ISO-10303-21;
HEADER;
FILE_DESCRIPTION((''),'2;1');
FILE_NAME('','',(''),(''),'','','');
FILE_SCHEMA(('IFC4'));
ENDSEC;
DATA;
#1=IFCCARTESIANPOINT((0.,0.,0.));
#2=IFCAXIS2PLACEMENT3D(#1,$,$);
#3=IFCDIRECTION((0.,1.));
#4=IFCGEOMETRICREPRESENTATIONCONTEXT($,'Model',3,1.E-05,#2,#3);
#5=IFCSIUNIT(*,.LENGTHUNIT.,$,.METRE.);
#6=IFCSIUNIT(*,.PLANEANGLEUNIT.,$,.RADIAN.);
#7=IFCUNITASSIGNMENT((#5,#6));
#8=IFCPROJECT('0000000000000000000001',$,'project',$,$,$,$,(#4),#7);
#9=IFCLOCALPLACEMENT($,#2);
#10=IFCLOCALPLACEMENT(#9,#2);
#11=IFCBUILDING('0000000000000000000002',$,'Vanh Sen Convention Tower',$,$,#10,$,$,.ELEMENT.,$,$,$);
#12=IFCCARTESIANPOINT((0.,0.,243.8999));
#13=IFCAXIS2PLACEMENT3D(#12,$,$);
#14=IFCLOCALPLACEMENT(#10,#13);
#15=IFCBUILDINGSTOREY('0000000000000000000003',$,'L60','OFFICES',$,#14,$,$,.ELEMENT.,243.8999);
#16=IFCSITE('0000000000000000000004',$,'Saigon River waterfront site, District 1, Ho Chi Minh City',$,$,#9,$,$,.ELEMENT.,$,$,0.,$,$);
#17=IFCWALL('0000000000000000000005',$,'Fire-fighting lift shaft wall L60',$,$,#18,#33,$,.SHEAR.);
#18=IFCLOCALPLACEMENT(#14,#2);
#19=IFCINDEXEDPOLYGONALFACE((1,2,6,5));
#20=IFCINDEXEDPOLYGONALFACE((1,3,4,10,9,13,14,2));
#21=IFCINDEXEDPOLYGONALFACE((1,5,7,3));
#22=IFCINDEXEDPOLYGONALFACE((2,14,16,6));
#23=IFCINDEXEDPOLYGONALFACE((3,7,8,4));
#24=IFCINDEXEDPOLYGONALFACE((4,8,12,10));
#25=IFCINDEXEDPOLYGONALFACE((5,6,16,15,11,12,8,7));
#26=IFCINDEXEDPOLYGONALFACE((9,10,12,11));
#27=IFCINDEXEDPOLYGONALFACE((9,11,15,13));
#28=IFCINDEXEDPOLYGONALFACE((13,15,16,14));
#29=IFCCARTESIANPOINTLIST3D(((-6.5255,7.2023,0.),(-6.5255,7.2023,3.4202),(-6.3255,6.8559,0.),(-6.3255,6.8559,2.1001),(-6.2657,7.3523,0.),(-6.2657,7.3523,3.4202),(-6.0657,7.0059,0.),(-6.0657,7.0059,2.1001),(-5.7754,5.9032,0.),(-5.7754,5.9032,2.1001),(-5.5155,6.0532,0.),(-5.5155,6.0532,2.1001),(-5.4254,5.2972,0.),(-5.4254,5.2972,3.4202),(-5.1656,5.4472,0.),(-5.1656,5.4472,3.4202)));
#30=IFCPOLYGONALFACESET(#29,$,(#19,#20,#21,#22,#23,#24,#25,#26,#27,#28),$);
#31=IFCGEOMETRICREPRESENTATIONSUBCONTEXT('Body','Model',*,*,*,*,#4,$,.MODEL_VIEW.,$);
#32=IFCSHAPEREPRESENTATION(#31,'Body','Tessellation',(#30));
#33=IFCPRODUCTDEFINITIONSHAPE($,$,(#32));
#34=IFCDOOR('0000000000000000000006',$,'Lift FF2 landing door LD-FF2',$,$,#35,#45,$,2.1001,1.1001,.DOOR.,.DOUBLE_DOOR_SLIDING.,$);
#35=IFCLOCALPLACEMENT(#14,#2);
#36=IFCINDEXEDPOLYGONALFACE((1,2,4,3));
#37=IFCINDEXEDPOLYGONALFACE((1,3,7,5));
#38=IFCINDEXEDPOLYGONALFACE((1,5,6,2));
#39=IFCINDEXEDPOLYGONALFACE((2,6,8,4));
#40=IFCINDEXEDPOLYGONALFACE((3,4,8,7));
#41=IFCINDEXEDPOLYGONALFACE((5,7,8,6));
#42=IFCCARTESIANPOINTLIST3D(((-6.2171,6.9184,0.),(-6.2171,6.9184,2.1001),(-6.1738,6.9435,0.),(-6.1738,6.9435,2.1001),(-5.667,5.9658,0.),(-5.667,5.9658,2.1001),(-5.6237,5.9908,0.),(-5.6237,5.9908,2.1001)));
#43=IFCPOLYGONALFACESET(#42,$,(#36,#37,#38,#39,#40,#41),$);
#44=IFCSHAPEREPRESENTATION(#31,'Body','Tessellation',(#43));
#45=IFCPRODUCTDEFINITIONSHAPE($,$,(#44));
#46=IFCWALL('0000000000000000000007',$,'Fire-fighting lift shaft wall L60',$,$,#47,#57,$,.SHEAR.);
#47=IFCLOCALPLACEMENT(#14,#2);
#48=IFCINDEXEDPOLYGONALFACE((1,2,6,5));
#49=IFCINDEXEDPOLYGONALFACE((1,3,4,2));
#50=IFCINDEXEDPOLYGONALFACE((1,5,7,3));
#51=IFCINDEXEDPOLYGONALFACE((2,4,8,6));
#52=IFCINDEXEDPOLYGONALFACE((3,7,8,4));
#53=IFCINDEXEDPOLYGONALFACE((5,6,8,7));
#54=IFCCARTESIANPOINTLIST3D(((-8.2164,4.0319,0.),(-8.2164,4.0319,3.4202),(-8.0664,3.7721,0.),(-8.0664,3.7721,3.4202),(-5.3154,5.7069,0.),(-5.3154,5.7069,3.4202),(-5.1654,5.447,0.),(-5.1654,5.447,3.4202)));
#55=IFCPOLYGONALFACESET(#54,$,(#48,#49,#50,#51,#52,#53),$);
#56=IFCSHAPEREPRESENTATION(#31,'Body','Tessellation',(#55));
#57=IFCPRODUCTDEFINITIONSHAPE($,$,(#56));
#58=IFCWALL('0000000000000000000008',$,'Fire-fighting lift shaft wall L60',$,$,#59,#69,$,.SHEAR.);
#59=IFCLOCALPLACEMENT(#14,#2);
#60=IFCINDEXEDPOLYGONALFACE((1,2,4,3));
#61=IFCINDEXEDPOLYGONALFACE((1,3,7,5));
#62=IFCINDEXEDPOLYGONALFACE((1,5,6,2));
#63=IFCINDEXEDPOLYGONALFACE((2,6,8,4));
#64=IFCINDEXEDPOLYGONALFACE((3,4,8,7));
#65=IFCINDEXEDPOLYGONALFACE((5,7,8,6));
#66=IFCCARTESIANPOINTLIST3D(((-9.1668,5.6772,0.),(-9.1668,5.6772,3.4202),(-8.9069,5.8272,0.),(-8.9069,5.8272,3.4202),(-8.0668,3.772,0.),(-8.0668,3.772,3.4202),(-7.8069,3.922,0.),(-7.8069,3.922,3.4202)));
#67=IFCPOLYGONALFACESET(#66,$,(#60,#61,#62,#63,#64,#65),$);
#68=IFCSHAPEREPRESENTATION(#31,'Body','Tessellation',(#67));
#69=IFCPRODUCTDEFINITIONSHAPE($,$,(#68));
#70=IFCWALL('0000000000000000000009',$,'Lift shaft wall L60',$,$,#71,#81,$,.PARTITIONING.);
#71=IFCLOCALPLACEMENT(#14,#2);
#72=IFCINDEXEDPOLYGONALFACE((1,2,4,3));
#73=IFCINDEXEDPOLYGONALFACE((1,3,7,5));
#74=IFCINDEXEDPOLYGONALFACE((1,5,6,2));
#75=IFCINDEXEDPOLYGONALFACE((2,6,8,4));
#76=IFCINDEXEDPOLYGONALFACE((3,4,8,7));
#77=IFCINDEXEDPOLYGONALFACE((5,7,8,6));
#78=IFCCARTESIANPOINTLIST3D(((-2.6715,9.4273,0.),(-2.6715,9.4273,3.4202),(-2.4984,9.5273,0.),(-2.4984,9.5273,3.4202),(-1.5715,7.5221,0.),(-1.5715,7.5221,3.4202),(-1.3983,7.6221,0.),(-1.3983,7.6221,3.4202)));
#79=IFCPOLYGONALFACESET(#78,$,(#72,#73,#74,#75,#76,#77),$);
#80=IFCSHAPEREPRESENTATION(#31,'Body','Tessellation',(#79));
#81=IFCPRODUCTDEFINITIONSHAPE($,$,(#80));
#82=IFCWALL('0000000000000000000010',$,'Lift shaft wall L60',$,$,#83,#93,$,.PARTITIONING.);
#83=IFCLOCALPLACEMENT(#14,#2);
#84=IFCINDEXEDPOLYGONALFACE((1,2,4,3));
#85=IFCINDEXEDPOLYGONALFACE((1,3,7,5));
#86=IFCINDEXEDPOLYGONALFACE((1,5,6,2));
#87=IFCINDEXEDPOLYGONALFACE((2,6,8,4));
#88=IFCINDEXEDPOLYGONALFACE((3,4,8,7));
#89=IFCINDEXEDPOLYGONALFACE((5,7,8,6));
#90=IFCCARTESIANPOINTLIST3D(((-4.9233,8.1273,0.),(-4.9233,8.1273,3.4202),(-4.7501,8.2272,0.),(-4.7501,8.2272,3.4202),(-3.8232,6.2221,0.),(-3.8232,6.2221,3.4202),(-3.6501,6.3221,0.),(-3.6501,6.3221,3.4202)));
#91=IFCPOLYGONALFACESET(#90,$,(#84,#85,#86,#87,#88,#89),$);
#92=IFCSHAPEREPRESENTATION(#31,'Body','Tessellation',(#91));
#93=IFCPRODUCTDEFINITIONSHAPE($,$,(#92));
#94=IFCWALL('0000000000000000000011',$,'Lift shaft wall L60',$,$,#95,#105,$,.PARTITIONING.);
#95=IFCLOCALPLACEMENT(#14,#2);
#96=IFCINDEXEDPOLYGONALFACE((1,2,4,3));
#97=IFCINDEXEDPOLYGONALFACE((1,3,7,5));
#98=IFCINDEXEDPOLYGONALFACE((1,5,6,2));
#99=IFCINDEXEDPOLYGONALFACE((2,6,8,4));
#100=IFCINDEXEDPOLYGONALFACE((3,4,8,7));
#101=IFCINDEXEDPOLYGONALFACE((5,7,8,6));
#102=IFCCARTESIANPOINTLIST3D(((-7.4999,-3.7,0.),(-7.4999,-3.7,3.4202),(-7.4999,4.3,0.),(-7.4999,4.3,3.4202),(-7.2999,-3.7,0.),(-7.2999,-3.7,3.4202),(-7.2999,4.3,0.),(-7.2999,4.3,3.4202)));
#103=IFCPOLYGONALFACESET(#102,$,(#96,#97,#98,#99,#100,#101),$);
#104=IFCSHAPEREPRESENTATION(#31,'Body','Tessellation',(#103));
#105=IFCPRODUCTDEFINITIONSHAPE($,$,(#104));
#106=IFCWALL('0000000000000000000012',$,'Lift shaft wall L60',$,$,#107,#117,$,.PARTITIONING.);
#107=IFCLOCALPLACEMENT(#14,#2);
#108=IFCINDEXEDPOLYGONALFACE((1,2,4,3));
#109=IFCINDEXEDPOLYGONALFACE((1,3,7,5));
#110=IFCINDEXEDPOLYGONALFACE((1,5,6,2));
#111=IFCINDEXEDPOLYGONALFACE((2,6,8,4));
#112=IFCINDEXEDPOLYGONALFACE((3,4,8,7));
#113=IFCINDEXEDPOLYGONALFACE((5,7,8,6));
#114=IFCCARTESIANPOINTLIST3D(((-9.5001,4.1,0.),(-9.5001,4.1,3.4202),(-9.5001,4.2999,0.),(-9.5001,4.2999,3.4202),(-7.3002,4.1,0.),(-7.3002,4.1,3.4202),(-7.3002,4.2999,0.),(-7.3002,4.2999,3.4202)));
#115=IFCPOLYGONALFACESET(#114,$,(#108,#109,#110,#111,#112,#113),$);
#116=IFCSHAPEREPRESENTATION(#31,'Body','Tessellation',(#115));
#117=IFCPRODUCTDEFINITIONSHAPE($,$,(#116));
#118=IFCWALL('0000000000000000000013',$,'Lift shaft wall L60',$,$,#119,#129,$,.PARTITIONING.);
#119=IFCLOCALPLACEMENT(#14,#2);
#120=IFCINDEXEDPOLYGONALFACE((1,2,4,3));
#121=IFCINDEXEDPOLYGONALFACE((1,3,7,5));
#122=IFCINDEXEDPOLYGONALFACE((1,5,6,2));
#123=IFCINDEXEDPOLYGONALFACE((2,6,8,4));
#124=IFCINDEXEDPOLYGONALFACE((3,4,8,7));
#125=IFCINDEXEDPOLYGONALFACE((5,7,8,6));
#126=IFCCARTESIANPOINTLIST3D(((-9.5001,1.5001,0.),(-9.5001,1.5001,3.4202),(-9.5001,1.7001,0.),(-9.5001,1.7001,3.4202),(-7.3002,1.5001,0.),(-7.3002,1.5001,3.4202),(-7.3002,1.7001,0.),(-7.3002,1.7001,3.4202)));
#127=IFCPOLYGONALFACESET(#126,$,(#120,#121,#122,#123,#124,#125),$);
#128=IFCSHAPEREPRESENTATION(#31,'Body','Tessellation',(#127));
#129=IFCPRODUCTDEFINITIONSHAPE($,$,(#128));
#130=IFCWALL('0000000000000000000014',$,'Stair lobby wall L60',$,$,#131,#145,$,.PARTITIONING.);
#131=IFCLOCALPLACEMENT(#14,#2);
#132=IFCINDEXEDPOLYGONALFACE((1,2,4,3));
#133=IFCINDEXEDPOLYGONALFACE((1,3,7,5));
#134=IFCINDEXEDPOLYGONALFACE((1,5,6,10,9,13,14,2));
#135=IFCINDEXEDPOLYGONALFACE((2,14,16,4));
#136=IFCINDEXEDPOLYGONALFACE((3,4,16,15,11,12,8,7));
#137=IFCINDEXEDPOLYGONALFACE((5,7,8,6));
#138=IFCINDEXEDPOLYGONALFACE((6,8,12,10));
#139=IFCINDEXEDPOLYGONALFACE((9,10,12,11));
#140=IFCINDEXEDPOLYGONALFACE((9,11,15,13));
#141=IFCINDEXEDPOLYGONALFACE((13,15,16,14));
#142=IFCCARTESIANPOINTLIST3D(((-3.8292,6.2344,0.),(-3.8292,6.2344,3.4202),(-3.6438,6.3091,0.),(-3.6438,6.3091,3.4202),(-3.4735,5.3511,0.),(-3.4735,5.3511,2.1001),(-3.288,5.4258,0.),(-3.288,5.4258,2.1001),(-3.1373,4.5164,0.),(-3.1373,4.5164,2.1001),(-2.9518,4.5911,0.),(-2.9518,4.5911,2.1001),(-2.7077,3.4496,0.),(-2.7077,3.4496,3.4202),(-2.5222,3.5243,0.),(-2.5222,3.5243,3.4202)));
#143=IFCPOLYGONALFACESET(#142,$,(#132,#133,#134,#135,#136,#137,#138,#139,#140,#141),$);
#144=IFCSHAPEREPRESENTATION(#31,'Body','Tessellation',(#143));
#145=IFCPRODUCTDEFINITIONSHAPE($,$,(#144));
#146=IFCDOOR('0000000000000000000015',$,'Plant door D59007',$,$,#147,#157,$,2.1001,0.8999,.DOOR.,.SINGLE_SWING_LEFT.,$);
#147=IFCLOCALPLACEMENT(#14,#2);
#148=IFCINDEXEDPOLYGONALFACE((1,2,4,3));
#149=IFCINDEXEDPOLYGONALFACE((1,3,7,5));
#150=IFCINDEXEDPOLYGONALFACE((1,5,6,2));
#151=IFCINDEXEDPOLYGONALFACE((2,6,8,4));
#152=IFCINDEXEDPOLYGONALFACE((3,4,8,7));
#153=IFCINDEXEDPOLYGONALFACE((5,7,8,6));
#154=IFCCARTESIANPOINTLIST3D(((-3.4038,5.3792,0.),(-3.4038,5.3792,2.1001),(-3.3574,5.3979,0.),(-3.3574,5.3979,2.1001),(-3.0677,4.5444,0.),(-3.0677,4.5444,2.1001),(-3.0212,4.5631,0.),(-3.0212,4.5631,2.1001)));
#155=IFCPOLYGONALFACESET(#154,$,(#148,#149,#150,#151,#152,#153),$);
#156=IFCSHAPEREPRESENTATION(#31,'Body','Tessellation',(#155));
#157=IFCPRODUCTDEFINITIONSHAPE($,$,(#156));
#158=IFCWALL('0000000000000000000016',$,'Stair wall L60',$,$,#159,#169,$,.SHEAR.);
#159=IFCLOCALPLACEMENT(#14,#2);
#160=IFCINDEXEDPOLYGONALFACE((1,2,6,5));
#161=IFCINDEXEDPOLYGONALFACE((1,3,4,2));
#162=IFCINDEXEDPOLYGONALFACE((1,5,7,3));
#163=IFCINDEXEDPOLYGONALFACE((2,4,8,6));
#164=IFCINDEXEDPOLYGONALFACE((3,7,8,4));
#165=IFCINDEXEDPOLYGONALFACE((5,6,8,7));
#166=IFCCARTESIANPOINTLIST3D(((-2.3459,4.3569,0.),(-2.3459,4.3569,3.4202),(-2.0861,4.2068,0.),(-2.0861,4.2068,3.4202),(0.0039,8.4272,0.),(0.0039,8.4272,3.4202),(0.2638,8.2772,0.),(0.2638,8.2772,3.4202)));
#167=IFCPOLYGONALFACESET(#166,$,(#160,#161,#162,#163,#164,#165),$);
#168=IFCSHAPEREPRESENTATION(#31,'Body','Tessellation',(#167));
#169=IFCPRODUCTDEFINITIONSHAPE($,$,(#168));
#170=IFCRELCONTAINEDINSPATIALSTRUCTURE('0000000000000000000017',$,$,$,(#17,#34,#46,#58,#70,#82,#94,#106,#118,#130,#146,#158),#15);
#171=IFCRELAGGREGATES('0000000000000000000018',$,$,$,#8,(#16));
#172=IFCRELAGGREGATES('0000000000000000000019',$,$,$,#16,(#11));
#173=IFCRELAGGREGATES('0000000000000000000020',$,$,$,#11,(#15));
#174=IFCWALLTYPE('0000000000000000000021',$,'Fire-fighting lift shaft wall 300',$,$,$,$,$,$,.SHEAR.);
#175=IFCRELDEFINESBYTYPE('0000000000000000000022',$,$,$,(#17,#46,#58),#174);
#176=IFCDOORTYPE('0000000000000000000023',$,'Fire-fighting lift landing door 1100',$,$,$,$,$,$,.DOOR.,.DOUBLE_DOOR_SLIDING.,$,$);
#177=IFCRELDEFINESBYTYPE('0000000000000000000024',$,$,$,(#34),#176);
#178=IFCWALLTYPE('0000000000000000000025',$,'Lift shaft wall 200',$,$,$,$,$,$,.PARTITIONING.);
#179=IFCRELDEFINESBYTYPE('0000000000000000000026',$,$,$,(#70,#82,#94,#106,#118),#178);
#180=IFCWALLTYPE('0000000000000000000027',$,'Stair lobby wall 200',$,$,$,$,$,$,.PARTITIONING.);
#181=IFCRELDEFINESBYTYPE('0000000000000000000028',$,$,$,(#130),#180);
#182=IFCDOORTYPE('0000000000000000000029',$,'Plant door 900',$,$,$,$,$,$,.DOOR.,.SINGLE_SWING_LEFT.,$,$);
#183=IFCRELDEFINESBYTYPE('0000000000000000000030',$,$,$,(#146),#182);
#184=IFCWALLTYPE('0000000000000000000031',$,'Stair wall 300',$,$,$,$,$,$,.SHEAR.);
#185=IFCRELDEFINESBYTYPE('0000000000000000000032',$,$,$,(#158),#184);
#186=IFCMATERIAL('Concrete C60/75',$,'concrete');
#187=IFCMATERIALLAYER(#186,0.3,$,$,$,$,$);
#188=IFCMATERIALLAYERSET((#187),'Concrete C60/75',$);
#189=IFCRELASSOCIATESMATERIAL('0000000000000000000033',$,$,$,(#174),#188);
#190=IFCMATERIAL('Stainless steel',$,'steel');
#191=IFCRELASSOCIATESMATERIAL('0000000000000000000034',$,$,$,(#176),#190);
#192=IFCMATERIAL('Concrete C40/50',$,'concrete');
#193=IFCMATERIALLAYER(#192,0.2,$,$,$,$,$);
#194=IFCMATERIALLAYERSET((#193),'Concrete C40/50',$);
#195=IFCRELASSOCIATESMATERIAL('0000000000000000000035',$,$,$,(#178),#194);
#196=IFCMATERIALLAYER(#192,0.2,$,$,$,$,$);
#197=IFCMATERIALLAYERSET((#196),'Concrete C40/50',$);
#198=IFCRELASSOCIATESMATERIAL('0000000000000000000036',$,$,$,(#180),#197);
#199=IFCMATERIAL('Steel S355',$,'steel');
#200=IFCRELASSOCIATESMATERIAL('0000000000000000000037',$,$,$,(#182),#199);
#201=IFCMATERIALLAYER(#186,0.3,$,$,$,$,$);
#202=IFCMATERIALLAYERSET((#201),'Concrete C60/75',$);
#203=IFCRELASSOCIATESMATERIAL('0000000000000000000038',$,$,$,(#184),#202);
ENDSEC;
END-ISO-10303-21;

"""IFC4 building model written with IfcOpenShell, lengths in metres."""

from ifc_helpers import new_model, si_unit, direction, frame, frame_2d, origin, place, context, subcontext, project, spatial, rectangle, extrude, material, layer, layer_set, type_object, element, fill, save


model = new_model("IFC4")

# Units and contexts
model_context = context("Model", 3, precision=1e-05, world=origin(), true_north=direction((0.0, 1.0)))
body_context = subcontext(model_context, "Body", "Model", "MODEL_VIEW")
ifc_project = project(units=[si_unit("LENGTHUNIT", "METRE"), si_unit("PLANEANGLEUNIT", "RADIAN")], contexts=[model_context])

# Site, building, storey
site_placement = place(None, origin())
site = spatial("IfcSite", under=ifc_project, at=site_placement, Name="Saigon River waterfront site, District 1, Ho Chi Minh City", CompositionType="ELEMENT", RefElevation=0.0)
building_placement = place(site_placement, origin())
building = spatial("IfcBuilding", under=site, at=building_placement, Name="Vanh Sen Convention Tower", CompositionType="ELEMENT")
storey_placement = place(building_placement, frame((0.0, 0.0, 243.8999)))
storey = spatial("IfcBuildingStorey", under=building, at=storey_placement, Name="L60", Description="OFFICES", CompositionType="ELEMENT", Elevation=243.8999)

# Shared definitions
ifc_material_1 = material(Name="Concrete C60/75", Category="concrete")
ifc_material_2 = material(Name="Stainless steel", Category="steel")

# Wall, opening, door
ifc_layer_1 = layer(ifc_material_1, 0.3)
ifc_layer_set_1 = layer_set([ifc_layer_1], Name="Concrete C60/75")
wall_type_1 = type_object("IfcWallType", Name="Fire-fighting lift shaft wall 300", PredefinedType="SHEAR", material=ifc_layer_set_1)
wall_1_placement = place(storey_placement, frame((-5.2954, 5.3721, 0.0), z_axis=(0.0, 0.0, 1.0), x_axis=(-0.500078, 0.86598, 0.0)))
wall_1 = element("IfcWall", 1, at=wall_1_placement, inside=storey, type_object=wall_type_1, Name="Fire-fighting lift shaft wall L60", PredefinedType="SHEAR", context=body_context, shape_type="SweptSolid", body=[
    extrude(rectangle(XDim=2.2, YDim=0.3, at=frame_2d((1.1001, 0.0))), origin(), (0.0, 0.0, 1.0), 3.4202),
])
opening_1_placement = place(wall_1_placement, frame((0.7, 0.0, 0.0)))
opening_1 = element("IfcOpeningElement", 2, at=opening_1_placement, cuts=wall_1, PredefinedType="OPENING", context=body_context, shape_type="SweptSolid", body=[
    extrude(rectangle(XDim=1.1001, YDim=2.1001, at=frame_2d((0.55, 1.05))), frame((0.0, 0.1599, 0.0), z_axis=(0.0, -1.0, 0.0), x_axis=(1.0, 0.0, 0.0)), (0.0, 0.0, 1.0), 0.3201),
])
door_type_1 = type_object("IfcDoorType", Name="Fire-fighting lift landing door 1100", OperationType="DOUBLE_DOOR_SLIDING", PredefinedType="DOOR", material=ifc_material_2)
door_1_placement = place(opening_1_placement, origin())
door_1 = element("IfcDoor", 3, at=door_1_placement, inside=storey, type_object=door_type_1, Name="Lift FF2 landing door LD-FF2", OperationType="DOUBLE_DOOR_SLIDING", OverallHeight=2.1001, OverallWidth=1.1001, PredefinedType="DOOR", context=body_context, shape_type="SweptSolid", body=[
    extrude(rectangle(XDim=1.1001, YDim=2.1001, at=frame_2d((0.55, 1.05))), frame((0.0, 0.0249, 0.0), z_axis=(0.0, -1.0, 0.0), x_axis=(1.0, 0.0, 0.0)), (0.0, 0.0, 1.0), 0.05),
])
fill(opening_1, door_1)

# Walls
wall_2_placement = place(storey_placement, frame((-5.2405, 5.5769, 0.0), z_axis=(0.0, 0.0, 1.0), x_axis=(-0.866014, -0.500019, 0.0)))
element("IfcWall", 4, at=wall_2_placement, inside=storey, type_object=wall_type_1, Name="Fire-fighting lift shaft wall L60", PredefinedType="SHEAR", context=body_context, shape_type="SweptSolid", body=[
    extrude(rectangle(XDim=3.3499, YDim=0.3, at=frame_2d((1.6748, 0.0))), origin(), (0.0, 0.0, 1.0), 3.4202),
])
wall_3_placement = place(storey_placement, frame((-7.9368, 3.8469, 0.0), z_axis=(0.0, 0.0, 1.0), x_axis=(-0.50003, 0.866008, 0.0)))
element("IfcWall", 5, at=wall_3_placement, inside=storey, type_object=wall_type_1, Name="Fire-fighting lift shaft wall L60", PredefinedType="SHEAR", context=body_context, shape_type="SweptSolid", body=[
    extrude(rectangle(XDim=2.2, YDim=0.3, at=frame_2d((1.1001, 0.0))), origin(), (0.0, 0.0, 1.0), 3.4202),
])
ifc_material_3 = material(Name="Concrete C40/50", Category="concrete")
ifc_layer_2 = layer(ifc_material_3, 0.2)
ifc_layer_set_2 = layer_set([ifc_layer_2], Name="Concrete C40/50")
wall_type_2 = type_object("IfcWallType", Name="Lift shaft wall 200", PredefinedType="PARTITIONING", material=ifc_layer_set_2)
for number, where, z_axis, x_axis, name in (
    (6, (-1.4849, 7.572, 0.0), (0.0, 0.0, 1.0), (-0.50003, 0.866008, 0.0), "Lift shaft wall L60"),
    (7, (-3.7366, 6.272, 0.0), (0.0, 0.0, 1.0), (-0.50003, 0.866008, 0.0), "Lift shaft wall L60"),
):
    element("IfcWall", number, at=place(storey_placement, frame(where, z_axis=z_axis, x_axis=x_axis)), inside=storey, type_object=wall_type_2, Name=name, PredefinedType="PARTITIONING", context=body_context, shape_type="SweptSolid", body=[
        extrude(rectangle(XDim=2.2, YDim=0.2, at=frame_2d((1.1001, 0.0))), origin(), (0.0, 0.0, 1.0), 3.4202),
    ])
wall_4_placement = place(storey_placement, frame((-7.3999, 4.3, 0.0), z_axis=(0.0, 0.0, 1.0), x_axis=(0.0, -1.0, 0.0)))
element("IfcWall", 8, at=wall_4_placement, inside=storey, type_object=wall_type_2, Name="Lift shaft wall L60", PredefinedType="PARTITIONING", context=body_context, shape_type="SweptSolid", body=[
    extrude(rectangle(XDim=8.0, YDim=0.2, at=frame_2d((4.0, 0.0))), origin(), (0.0, 0.0, 1.0), 3.4202),
])
for number, where, z_axis, x_axis, name in (
    (9, (-7.3, 4.2, 0.0), (0.0, 0.0, 1.0), (-1.0, 0.0, 0.0), "Lift shaft wall L60"),
    (10, (-7.3, 1.6001, 0.0), (0.0, 0.0, 1.0), (-1.0, 0.0, 0.0), "Lift shaft wall L60"),
):
    element("IfcWall", number, at=place(storey_placement, frame(where, z_axis=z_axis, x_axis=x_axis)), inside=storey, type_object=wall_type_2, Name=name, PredefinedType="PARTITIONING", context=body_context, shape_type="SweptSolid", body=[
        extrude(rectangle(XDim=2.2, YDim=0.2, at=frame_2d((1.1001, 0.0))), origin(), (0.0, 0.0, 1.0), 3.4202),
    ])

# Wall, opening, door
ifc_layer_3 = layer(ifc_material_3, 0.2)
ifc_layer_set_3 = layer_set([ifc_layer_3], Name="Concrete C40/50")
wall_type_3 = type_object("IfcWallType", Name="Stair lobby wall 200", PredefinedType="PARTITIONING", material=ifc_layer_set_3)
wall_5_placement = place(storey_placement, frame((-2.615, 3.4871, 0.0), z_axis=(0.0, 0.0, 1.0), x_axis=(-0.373577, 0.927599, 0.0)))
wall_5 = element("IfcWall", 11, at=wall_5_placement, inside=storey, type_object=wall_type_3, Name="Stair lobby wall L60", PredefinedType="PARTITIONING", context=body_context, shape_type="SweptSolid", body=[
    extrude(rectangle(XDim=3.0022, YDim=0.2, at=frame_2d((1.501, 0.0))), origin(), (0.0, 0.0, 1.0), 3.4202),
])
opening_2_placement = place(wall_5_placement, frame((1.1499, 0.0, 0.0)))
opening_2 = element("IfcOpeningElement", 12, at=opening_2_placement, cuts=wall_5, PredefinedType="OPENING", context=body_context, shape_type="SweptSolid", body=[
    extrude(rectangle(XDim=0.8999, YDim=2.1001, at=frame_2d((0.45, 1.05))), frame((0.0, 0.1099, 0.0), z_axis=(0.0, -1.0, 0.0), x_axis=(1.0, 0.0, 0.0)), (0.0, 0.0, 1.0), 0.22),
])
ifc_material_4 = material(Name="Steel S355", Category="steel")
door_type_2 = type_object("IfcDoorType", Name="Plant door 900", OperationType="SINGLE_SWING_LEFT", PredefinedType="DOOR", material=ifc_material_4)
door_2_placement = place(opening_2_placement, origin())
door_2 = element("IfcDoor", 13, at=door_2_placement, inside=storey, type_object=door_type_2, Name="Plant door D59007", OperationType="SINGLE_SWING_LEFT", OverallHeight=2.1001, OverallWidth=0.8999, PredefinedType="DOOR", context=body_context, shape_type="SweptSolid", body=[
    extrude(rectangle(XDim=0.8999, YDim=2.1001, at=frame_2d((0.45, 1.05))), frame((0.0, 0.0249, 0.0), z_axis=(0.0, -1.0, 0.0), x_axis=(1.0, 0.0, 0.0)), (0.0, 0.0, 1.0), 0.05),
])
fill(opening_2, door_2)

# Wall
ifc_layer_4 = layer(ifc_material_1, 0.3)
ifc_layer_set_4 = layer_set([ifc_layer_4], Name="Concrete C60/75")
wall_type_4 = type_object("IfcWallType", Name="Stair wall 300", PredefinedType="SHEAR", material=ifc_layer_set_4)
wall_6_placement = place(storey_placement, frame((-2.2161, 4.2817, 0.0), z_axis=(0.0, 0.0, 1.0), x_axis=(0.499977, 0.866039, 0.0)))
element("IfcWall", 14, at=wall_6_placement, inside=storey, type_object=wall_type_4, Name="Stair wall L60", PredefinedType="SHEAR", context=body_context, shape_type="SweptSolid", body=[
    extrude(rectangle(XDim=4.7, YDim=0.3, at=frame_2d((2.3501, 0.0))), origin(), (0.0, 0.0, 1.0), 3.4202),
])

save(model, "model.ifc")
